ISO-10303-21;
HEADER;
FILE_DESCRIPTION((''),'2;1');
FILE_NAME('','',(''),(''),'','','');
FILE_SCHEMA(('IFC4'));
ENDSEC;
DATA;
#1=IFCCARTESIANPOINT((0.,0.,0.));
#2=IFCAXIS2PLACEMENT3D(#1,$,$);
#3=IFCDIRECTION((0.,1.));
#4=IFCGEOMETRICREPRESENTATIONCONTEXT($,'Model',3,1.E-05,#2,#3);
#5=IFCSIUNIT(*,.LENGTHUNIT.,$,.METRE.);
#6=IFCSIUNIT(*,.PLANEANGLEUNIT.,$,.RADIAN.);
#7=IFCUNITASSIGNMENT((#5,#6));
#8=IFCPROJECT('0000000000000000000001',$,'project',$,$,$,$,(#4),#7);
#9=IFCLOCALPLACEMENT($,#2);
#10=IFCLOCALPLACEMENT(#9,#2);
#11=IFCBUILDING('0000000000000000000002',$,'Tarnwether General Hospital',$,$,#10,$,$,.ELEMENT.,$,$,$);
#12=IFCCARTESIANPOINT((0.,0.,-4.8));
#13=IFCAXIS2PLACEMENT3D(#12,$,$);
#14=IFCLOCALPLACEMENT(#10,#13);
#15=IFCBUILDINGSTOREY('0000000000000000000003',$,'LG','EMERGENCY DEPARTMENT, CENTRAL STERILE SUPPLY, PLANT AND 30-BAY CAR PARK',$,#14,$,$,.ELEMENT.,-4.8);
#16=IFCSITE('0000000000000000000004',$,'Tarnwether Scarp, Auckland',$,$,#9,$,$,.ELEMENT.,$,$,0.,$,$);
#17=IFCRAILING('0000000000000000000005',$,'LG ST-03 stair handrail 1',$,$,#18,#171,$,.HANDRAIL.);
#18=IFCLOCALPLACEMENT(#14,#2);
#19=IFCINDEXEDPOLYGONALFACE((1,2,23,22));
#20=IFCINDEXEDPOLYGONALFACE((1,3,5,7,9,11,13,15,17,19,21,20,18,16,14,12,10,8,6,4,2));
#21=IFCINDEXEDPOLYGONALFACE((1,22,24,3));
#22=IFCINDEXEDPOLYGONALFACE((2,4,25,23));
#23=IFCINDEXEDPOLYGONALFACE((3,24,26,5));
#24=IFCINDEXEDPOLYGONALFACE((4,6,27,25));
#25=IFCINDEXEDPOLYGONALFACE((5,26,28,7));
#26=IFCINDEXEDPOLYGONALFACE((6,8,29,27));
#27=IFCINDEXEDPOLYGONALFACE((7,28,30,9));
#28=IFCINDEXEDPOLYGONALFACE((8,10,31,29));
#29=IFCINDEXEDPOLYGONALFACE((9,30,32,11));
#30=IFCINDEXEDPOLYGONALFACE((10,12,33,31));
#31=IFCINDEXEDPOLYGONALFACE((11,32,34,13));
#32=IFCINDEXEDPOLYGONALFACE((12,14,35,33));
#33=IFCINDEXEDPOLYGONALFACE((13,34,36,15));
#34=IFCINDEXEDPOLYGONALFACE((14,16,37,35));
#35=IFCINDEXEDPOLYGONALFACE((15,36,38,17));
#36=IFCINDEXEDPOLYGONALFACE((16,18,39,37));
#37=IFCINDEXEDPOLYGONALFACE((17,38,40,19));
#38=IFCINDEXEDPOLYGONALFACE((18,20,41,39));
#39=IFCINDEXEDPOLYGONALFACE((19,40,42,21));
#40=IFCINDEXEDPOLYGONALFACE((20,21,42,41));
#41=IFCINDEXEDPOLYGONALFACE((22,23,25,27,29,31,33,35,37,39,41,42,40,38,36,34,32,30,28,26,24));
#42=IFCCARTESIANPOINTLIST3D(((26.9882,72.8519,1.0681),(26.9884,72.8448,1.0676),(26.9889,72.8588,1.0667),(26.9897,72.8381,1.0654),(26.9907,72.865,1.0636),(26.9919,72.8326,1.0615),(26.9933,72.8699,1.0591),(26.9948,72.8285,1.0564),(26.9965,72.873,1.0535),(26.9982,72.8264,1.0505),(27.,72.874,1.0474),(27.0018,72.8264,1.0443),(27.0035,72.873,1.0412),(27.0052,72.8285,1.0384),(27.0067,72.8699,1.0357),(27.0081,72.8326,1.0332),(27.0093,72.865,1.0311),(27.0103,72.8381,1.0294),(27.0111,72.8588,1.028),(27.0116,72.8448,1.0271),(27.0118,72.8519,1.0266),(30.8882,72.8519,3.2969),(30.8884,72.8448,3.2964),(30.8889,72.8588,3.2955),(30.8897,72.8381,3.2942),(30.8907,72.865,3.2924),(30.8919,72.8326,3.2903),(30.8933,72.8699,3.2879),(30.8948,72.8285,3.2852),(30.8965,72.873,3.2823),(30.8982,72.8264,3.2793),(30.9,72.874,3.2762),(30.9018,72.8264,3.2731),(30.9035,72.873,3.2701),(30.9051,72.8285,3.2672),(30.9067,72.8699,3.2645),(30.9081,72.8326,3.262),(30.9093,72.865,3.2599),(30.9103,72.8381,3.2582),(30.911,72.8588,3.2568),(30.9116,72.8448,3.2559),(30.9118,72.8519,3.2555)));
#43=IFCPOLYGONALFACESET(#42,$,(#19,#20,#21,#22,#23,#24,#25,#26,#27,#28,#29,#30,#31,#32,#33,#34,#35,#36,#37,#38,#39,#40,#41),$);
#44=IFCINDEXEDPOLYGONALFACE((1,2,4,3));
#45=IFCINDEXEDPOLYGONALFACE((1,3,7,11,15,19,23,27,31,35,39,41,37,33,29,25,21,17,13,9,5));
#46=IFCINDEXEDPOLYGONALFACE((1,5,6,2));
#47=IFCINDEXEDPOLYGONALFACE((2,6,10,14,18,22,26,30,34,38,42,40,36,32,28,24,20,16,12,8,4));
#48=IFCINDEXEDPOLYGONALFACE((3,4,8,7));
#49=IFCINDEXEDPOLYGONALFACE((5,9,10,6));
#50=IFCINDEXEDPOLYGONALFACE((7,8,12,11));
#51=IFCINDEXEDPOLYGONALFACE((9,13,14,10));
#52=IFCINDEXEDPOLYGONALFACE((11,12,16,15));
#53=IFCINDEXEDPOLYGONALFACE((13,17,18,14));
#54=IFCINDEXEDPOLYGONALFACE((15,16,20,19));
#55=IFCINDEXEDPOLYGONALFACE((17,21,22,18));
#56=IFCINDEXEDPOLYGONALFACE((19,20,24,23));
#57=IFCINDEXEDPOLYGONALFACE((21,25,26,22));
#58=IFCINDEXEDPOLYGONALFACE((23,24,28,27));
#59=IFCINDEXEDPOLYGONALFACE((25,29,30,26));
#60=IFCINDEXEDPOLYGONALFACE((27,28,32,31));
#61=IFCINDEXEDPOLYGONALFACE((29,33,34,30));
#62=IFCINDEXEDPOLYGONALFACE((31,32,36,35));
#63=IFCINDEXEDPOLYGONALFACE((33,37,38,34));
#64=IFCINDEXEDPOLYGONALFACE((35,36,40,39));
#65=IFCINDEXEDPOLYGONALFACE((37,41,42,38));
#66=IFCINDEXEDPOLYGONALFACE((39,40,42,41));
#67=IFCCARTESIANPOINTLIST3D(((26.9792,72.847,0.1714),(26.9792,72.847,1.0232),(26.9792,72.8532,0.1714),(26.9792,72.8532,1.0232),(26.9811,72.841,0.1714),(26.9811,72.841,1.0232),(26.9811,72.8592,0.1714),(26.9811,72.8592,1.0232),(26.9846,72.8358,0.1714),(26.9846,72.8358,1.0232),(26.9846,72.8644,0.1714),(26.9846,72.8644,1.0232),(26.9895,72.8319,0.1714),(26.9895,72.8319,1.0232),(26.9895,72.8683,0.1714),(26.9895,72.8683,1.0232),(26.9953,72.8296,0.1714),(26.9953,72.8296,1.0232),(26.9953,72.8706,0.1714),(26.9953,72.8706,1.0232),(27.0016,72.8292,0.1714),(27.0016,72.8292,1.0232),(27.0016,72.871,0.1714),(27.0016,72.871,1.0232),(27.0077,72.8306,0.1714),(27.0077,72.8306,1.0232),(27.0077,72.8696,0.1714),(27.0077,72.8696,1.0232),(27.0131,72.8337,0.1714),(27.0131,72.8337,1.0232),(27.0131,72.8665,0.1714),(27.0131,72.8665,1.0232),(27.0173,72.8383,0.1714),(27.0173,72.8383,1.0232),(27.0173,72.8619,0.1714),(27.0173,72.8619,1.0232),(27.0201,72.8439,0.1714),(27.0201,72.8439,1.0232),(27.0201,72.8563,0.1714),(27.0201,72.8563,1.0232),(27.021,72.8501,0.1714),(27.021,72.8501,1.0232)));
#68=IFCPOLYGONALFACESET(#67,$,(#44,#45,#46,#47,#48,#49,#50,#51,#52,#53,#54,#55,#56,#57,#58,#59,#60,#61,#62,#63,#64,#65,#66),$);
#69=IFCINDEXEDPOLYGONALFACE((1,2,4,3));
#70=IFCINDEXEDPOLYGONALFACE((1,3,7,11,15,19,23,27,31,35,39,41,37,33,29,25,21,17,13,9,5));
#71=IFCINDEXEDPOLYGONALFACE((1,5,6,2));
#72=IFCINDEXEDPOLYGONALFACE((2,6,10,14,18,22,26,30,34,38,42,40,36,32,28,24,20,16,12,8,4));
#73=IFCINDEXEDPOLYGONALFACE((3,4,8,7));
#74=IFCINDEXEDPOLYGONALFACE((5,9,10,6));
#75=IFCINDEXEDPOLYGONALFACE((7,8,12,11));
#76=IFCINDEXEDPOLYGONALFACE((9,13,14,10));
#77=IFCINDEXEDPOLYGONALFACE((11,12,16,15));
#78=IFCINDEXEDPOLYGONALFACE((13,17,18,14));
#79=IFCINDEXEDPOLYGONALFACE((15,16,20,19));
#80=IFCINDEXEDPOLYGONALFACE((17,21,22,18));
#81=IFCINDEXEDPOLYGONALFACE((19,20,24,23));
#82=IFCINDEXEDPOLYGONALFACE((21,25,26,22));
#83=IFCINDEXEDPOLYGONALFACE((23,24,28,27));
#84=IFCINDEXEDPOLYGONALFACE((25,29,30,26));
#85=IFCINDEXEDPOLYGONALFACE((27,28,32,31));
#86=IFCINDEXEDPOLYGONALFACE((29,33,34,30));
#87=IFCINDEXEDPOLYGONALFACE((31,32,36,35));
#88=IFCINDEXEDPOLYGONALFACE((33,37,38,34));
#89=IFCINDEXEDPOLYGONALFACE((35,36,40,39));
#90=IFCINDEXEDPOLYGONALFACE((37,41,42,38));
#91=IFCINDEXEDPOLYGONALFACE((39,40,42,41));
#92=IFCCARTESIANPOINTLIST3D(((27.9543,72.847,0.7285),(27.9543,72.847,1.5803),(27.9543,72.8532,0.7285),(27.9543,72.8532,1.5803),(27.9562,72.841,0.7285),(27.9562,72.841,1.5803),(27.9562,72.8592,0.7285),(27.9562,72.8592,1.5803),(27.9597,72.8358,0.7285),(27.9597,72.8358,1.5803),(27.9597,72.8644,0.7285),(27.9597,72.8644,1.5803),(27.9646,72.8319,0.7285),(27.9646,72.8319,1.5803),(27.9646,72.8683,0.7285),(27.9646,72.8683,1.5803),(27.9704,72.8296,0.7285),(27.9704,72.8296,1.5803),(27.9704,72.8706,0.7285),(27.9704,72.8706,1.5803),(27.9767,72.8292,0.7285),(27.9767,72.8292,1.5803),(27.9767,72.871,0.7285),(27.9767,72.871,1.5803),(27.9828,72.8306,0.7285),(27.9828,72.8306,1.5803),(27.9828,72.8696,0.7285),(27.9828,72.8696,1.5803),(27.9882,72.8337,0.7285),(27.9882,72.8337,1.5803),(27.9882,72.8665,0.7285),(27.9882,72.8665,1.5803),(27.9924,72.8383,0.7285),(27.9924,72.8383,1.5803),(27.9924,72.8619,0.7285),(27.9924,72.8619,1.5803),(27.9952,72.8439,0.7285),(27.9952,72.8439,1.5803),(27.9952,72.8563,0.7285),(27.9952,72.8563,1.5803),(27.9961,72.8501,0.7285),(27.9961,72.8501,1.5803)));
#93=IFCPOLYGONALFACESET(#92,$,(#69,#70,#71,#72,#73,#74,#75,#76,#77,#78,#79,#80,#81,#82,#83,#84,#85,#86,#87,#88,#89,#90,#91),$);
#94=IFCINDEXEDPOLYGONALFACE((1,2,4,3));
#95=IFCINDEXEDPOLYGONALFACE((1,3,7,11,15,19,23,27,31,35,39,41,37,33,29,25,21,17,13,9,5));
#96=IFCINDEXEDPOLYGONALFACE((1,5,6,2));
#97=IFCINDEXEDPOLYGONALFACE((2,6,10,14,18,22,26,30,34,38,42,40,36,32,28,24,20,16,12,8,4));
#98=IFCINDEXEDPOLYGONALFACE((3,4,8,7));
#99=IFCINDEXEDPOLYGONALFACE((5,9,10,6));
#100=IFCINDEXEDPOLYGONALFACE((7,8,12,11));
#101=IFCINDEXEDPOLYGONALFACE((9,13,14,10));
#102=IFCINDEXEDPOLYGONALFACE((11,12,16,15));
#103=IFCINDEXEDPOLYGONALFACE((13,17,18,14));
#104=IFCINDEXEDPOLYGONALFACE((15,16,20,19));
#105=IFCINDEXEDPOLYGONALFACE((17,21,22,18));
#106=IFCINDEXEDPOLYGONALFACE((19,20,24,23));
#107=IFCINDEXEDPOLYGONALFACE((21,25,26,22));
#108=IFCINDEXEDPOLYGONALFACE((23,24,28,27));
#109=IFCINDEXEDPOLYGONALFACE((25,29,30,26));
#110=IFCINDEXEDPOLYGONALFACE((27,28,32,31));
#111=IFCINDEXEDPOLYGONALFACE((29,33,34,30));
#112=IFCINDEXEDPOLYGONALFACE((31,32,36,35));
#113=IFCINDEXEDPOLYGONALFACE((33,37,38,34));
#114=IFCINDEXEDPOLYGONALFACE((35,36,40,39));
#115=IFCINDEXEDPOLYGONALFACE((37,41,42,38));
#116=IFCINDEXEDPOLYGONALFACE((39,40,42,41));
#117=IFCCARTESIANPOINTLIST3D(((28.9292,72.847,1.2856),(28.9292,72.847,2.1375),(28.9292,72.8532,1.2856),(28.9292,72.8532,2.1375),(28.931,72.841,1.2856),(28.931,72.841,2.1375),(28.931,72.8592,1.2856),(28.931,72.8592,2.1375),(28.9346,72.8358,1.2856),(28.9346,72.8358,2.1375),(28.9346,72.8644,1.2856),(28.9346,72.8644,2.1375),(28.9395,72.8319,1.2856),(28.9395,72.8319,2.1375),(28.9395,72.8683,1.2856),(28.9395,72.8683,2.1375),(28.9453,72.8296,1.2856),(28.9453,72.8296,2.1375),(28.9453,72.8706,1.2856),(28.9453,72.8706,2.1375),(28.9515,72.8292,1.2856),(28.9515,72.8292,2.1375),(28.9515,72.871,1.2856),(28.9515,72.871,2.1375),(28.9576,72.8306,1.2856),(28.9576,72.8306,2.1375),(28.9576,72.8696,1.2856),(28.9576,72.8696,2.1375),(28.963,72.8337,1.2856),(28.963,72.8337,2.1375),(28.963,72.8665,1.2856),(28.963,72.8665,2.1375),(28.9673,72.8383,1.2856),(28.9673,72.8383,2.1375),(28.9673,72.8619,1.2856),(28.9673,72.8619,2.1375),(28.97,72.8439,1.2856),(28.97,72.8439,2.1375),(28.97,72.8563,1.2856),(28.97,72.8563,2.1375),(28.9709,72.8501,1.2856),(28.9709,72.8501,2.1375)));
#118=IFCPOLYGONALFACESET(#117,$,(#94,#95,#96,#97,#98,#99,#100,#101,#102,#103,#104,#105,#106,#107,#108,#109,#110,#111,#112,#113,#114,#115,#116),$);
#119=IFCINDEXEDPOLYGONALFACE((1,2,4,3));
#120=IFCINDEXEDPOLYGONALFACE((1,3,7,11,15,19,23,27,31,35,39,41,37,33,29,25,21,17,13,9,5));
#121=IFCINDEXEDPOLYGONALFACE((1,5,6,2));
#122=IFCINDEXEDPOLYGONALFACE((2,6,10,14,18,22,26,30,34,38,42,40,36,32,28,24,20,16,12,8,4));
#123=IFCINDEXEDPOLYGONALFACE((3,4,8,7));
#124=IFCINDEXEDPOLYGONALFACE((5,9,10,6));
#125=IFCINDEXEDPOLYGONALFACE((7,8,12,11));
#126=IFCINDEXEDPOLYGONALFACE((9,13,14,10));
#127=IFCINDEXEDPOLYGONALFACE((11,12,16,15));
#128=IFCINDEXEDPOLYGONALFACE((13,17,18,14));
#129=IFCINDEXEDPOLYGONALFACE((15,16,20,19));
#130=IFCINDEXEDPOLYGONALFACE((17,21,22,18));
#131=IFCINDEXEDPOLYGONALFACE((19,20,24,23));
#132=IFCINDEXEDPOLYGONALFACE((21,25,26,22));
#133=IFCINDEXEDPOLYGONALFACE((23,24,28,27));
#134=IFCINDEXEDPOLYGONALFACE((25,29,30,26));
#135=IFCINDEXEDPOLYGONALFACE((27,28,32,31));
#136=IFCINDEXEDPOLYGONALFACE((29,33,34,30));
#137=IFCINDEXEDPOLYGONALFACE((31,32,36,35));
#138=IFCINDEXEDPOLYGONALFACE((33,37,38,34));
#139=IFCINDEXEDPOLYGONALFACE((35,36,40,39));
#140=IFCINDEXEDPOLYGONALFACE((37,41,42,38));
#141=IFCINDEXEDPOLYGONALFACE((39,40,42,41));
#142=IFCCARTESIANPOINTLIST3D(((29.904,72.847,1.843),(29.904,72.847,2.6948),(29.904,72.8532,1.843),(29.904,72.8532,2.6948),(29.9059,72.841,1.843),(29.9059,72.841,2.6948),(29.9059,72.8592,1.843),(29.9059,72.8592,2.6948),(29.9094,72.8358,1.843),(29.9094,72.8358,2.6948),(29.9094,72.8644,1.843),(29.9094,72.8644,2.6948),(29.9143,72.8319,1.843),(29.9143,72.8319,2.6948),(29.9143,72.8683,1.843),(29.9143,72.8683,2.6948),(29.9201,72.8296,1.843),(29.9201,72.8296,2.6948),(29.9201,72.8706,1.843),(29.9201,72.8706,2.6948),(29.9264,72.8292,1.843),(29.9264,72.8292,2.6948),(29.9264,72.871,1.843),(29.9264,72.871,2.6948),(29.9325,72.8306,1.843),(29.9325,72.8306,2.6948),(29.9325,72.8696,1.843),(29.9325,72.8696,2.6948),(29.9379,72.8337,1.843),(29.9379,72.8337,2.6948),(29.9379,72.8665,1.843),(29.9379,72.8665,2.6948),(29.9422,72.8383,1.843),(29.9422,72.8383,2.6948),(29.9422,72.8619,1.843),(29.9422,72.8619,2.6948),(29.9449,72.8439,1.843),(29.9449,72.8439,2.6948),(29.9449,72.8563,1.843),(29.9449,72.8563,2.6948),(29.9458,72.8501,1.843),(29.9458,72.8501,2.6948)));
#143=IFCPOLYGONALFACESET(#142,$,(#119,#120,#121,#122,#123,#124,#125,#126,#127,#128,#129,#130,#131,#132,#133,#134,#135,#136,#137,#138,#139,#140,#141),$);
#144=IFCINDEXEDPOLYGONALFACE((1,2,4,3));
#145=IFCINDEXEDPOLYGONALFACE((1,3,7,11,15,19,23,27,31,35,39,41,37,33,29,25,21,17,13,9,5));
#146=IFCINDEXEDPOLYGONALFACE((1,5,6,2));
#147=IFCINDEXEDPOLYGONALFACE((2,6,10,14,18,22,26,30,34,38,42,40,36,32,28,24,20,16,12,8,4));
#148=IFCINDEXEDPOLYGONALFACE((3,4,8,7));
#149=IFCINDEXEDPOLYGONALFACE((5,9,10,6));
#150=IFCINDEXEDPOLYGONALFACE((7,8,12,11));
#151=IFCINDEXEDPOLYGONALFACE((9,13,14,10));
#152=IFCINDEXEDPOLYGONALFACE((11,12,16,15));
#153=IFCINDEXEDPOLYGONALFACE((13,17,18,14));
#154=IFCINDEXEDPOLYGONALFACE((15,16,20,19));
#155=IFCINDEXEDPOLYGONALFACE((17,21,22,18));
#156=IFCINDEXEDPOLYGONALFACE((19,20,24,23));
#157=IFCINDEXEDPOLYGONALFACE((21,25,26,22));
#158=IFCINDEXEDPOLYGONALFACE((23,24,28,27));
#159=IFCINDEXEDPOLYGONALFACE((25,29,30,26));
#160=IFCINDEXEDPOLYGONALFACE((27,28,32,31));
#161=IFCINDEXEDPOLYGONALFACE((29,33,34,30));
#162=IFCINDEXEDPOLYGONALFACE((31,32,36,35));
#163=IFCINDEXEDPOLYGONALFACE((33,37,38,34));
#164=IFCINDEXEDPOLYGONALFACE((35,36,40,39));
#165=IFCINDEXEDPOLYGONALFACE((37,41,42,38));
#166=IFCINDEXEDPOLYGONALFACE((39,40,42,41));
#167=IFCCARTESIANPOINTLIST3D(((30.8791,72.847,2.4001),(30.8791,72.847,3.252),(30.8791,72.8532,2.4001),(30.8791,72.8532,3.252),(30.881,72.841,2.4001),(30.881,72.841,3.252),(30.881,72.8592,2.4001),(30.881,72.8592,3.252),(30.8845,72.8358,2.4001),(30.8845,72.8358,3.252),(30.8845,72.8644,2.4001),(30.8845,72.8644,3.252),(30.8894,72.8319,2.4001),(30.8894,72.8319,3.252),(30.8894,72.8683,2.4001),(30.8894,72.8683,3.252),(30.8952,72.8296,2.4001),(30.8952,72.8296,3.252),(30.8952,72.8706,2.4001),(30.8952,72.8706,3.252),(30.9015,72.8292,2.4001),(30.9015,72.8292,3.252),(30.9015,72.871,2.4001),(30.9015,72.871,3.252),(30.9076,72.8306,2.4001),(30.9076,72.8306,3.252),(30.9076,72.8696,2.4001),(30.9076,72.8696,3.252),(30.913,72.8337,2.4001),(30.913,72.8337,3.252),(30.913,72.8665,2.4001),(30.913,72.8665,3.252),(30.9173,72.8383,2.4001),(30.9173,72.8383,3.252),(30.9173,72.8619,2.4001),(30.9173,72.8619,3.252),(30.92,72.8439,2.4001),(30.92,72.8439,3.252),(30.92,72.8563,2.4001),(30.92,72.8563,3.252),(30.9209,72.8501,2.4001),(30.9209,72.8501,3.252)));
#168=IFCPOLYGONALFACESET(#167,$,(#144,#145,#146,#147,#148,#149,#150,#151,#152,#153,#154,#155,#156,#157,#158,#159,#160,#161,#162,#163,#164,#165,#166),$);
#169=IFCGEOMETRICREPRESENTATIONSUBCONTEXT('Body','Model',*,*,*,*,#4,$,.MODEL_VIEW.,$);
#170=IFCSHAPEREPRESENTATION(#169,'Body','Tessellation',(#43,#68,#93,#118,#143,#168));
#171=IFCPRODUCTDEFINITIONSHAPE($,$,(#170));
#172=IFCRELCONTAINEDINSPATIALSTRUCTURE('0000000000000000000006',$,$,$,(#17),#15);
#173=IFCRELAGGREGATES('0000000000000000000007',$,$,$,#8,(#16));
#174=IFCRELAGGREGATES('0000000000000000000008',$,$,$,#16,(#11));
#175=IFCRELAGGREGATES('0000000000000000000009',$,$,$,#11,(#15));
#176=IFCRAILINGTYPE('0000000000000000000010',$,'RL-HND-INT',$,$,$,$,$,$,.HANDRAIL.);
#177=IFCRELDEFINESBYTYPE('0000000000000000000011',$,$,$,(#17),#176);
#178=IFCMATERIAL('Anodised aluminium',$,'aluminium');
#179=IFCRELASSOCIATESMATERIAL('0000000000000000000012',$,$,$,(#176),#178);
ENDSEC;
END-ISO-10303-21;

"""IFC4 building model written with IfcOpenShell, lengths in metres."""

from ifc_helpers import new_model, si_unit, direction, frame, origin, origin_2d, place, context, subcontext, project, spatial, circle, extrude, material, type_object, element, save


model = new_model("IFC4")

# Units and contexts
model_context = context("Model", 3, precision=1e-05, world=origin(), true_north=direction((0.0, 1.0)))
body_context = subcontext(model_context, "Body", "Model", "MODEL_VIEW")
ifc_project = project(units=[si_unit("LENGTHUNIT", "METRE"), si_unit("PLANEANGLEUNIT", "RADIAN")], contexts=[model_context])

# Site, building, storey
site_placement = place(None, origin())
site = spatial("IfcSite", under=ifc_project, at=site_placement, Name="Tarnwether Scarp, Auckland", CompositionType="ELEMENT", RefElevation=0.0)
building_placement = place(site_placement, origin())
building = spatial("IfcBuilding", under=site, at=building_placement, Name="Tarnwether General Hospital", CompositionType="ELEMENT")
storey_placement = place(building_placement, frame((0.0, 0.0, -4.8)))
storey = spatial("IfcBuildingStorey", under=building, at=storey_placement, Name="LG", Description="EMERGENCY DEPARTMENT, CENTRAL STERILE SUPPLY, PLANT AND 30-BAY CAR PARK", CompositionType="ELEMENT", Elevation=-4.8)

# Railing
ifc_material_1 = material(Name="Anodised aluminium", Category="aluminium")
railing_type_1 = type_object("IfcRailingType", Name="RL-HND-INT", PredefinedType="HANDRAIL", material=ifc_material_1)
railing_1_placement = place(storey_placement, frame((27.0, 72.8501, 0.1714)))
element("IfcRailing", 1, at=railing_1_placement, inside=storey, type_object=railing_type_1, Name="LG ST-03 stair handrail 1", PredefinedType="HANDRAIL", context=body_context, shape_type="SweptSolid", body=[
    extrude(circle(Radius=0.0239, at=origin_2d()), frame((0.0, 0.0, 0.876), z_axis=(0.86822, 0.0, 0.49618), x_axis=(0.0, 1.0, 0.0)), (0.0, 0.0, 1.0), 4.4919),
    extrude(circle(Radius=0.021, at=origin_2d()), origin(), (0.0, 0.0, 1.0), 0.8518),
    extrude(circle(Radius=0.021, at=origin_2d()), frame((0.9751, 0.0, 0.5571)), (0.0, 0.0, 1.0), 0.8518),
    extrude(circle(Radius=0.021, at=origin_2d()), frame((1.95, 0.0, 1.1143)), (0.0, 0.0, 1.0), 0.8518),
    extrude(circle(Radius=0.021, at=origin_2d()), frame((2.9248, 0.0, 1.6716)), (0.0, 0.0, 1.0), 0.8518),
    extrude(circle(Radius=0.021, at=origin_2d()), frame((3.8999, 0.0, 2.2288)), (0.0, 0.0, 1.0), 0.8518),
])

save(model, "model.ifc")
